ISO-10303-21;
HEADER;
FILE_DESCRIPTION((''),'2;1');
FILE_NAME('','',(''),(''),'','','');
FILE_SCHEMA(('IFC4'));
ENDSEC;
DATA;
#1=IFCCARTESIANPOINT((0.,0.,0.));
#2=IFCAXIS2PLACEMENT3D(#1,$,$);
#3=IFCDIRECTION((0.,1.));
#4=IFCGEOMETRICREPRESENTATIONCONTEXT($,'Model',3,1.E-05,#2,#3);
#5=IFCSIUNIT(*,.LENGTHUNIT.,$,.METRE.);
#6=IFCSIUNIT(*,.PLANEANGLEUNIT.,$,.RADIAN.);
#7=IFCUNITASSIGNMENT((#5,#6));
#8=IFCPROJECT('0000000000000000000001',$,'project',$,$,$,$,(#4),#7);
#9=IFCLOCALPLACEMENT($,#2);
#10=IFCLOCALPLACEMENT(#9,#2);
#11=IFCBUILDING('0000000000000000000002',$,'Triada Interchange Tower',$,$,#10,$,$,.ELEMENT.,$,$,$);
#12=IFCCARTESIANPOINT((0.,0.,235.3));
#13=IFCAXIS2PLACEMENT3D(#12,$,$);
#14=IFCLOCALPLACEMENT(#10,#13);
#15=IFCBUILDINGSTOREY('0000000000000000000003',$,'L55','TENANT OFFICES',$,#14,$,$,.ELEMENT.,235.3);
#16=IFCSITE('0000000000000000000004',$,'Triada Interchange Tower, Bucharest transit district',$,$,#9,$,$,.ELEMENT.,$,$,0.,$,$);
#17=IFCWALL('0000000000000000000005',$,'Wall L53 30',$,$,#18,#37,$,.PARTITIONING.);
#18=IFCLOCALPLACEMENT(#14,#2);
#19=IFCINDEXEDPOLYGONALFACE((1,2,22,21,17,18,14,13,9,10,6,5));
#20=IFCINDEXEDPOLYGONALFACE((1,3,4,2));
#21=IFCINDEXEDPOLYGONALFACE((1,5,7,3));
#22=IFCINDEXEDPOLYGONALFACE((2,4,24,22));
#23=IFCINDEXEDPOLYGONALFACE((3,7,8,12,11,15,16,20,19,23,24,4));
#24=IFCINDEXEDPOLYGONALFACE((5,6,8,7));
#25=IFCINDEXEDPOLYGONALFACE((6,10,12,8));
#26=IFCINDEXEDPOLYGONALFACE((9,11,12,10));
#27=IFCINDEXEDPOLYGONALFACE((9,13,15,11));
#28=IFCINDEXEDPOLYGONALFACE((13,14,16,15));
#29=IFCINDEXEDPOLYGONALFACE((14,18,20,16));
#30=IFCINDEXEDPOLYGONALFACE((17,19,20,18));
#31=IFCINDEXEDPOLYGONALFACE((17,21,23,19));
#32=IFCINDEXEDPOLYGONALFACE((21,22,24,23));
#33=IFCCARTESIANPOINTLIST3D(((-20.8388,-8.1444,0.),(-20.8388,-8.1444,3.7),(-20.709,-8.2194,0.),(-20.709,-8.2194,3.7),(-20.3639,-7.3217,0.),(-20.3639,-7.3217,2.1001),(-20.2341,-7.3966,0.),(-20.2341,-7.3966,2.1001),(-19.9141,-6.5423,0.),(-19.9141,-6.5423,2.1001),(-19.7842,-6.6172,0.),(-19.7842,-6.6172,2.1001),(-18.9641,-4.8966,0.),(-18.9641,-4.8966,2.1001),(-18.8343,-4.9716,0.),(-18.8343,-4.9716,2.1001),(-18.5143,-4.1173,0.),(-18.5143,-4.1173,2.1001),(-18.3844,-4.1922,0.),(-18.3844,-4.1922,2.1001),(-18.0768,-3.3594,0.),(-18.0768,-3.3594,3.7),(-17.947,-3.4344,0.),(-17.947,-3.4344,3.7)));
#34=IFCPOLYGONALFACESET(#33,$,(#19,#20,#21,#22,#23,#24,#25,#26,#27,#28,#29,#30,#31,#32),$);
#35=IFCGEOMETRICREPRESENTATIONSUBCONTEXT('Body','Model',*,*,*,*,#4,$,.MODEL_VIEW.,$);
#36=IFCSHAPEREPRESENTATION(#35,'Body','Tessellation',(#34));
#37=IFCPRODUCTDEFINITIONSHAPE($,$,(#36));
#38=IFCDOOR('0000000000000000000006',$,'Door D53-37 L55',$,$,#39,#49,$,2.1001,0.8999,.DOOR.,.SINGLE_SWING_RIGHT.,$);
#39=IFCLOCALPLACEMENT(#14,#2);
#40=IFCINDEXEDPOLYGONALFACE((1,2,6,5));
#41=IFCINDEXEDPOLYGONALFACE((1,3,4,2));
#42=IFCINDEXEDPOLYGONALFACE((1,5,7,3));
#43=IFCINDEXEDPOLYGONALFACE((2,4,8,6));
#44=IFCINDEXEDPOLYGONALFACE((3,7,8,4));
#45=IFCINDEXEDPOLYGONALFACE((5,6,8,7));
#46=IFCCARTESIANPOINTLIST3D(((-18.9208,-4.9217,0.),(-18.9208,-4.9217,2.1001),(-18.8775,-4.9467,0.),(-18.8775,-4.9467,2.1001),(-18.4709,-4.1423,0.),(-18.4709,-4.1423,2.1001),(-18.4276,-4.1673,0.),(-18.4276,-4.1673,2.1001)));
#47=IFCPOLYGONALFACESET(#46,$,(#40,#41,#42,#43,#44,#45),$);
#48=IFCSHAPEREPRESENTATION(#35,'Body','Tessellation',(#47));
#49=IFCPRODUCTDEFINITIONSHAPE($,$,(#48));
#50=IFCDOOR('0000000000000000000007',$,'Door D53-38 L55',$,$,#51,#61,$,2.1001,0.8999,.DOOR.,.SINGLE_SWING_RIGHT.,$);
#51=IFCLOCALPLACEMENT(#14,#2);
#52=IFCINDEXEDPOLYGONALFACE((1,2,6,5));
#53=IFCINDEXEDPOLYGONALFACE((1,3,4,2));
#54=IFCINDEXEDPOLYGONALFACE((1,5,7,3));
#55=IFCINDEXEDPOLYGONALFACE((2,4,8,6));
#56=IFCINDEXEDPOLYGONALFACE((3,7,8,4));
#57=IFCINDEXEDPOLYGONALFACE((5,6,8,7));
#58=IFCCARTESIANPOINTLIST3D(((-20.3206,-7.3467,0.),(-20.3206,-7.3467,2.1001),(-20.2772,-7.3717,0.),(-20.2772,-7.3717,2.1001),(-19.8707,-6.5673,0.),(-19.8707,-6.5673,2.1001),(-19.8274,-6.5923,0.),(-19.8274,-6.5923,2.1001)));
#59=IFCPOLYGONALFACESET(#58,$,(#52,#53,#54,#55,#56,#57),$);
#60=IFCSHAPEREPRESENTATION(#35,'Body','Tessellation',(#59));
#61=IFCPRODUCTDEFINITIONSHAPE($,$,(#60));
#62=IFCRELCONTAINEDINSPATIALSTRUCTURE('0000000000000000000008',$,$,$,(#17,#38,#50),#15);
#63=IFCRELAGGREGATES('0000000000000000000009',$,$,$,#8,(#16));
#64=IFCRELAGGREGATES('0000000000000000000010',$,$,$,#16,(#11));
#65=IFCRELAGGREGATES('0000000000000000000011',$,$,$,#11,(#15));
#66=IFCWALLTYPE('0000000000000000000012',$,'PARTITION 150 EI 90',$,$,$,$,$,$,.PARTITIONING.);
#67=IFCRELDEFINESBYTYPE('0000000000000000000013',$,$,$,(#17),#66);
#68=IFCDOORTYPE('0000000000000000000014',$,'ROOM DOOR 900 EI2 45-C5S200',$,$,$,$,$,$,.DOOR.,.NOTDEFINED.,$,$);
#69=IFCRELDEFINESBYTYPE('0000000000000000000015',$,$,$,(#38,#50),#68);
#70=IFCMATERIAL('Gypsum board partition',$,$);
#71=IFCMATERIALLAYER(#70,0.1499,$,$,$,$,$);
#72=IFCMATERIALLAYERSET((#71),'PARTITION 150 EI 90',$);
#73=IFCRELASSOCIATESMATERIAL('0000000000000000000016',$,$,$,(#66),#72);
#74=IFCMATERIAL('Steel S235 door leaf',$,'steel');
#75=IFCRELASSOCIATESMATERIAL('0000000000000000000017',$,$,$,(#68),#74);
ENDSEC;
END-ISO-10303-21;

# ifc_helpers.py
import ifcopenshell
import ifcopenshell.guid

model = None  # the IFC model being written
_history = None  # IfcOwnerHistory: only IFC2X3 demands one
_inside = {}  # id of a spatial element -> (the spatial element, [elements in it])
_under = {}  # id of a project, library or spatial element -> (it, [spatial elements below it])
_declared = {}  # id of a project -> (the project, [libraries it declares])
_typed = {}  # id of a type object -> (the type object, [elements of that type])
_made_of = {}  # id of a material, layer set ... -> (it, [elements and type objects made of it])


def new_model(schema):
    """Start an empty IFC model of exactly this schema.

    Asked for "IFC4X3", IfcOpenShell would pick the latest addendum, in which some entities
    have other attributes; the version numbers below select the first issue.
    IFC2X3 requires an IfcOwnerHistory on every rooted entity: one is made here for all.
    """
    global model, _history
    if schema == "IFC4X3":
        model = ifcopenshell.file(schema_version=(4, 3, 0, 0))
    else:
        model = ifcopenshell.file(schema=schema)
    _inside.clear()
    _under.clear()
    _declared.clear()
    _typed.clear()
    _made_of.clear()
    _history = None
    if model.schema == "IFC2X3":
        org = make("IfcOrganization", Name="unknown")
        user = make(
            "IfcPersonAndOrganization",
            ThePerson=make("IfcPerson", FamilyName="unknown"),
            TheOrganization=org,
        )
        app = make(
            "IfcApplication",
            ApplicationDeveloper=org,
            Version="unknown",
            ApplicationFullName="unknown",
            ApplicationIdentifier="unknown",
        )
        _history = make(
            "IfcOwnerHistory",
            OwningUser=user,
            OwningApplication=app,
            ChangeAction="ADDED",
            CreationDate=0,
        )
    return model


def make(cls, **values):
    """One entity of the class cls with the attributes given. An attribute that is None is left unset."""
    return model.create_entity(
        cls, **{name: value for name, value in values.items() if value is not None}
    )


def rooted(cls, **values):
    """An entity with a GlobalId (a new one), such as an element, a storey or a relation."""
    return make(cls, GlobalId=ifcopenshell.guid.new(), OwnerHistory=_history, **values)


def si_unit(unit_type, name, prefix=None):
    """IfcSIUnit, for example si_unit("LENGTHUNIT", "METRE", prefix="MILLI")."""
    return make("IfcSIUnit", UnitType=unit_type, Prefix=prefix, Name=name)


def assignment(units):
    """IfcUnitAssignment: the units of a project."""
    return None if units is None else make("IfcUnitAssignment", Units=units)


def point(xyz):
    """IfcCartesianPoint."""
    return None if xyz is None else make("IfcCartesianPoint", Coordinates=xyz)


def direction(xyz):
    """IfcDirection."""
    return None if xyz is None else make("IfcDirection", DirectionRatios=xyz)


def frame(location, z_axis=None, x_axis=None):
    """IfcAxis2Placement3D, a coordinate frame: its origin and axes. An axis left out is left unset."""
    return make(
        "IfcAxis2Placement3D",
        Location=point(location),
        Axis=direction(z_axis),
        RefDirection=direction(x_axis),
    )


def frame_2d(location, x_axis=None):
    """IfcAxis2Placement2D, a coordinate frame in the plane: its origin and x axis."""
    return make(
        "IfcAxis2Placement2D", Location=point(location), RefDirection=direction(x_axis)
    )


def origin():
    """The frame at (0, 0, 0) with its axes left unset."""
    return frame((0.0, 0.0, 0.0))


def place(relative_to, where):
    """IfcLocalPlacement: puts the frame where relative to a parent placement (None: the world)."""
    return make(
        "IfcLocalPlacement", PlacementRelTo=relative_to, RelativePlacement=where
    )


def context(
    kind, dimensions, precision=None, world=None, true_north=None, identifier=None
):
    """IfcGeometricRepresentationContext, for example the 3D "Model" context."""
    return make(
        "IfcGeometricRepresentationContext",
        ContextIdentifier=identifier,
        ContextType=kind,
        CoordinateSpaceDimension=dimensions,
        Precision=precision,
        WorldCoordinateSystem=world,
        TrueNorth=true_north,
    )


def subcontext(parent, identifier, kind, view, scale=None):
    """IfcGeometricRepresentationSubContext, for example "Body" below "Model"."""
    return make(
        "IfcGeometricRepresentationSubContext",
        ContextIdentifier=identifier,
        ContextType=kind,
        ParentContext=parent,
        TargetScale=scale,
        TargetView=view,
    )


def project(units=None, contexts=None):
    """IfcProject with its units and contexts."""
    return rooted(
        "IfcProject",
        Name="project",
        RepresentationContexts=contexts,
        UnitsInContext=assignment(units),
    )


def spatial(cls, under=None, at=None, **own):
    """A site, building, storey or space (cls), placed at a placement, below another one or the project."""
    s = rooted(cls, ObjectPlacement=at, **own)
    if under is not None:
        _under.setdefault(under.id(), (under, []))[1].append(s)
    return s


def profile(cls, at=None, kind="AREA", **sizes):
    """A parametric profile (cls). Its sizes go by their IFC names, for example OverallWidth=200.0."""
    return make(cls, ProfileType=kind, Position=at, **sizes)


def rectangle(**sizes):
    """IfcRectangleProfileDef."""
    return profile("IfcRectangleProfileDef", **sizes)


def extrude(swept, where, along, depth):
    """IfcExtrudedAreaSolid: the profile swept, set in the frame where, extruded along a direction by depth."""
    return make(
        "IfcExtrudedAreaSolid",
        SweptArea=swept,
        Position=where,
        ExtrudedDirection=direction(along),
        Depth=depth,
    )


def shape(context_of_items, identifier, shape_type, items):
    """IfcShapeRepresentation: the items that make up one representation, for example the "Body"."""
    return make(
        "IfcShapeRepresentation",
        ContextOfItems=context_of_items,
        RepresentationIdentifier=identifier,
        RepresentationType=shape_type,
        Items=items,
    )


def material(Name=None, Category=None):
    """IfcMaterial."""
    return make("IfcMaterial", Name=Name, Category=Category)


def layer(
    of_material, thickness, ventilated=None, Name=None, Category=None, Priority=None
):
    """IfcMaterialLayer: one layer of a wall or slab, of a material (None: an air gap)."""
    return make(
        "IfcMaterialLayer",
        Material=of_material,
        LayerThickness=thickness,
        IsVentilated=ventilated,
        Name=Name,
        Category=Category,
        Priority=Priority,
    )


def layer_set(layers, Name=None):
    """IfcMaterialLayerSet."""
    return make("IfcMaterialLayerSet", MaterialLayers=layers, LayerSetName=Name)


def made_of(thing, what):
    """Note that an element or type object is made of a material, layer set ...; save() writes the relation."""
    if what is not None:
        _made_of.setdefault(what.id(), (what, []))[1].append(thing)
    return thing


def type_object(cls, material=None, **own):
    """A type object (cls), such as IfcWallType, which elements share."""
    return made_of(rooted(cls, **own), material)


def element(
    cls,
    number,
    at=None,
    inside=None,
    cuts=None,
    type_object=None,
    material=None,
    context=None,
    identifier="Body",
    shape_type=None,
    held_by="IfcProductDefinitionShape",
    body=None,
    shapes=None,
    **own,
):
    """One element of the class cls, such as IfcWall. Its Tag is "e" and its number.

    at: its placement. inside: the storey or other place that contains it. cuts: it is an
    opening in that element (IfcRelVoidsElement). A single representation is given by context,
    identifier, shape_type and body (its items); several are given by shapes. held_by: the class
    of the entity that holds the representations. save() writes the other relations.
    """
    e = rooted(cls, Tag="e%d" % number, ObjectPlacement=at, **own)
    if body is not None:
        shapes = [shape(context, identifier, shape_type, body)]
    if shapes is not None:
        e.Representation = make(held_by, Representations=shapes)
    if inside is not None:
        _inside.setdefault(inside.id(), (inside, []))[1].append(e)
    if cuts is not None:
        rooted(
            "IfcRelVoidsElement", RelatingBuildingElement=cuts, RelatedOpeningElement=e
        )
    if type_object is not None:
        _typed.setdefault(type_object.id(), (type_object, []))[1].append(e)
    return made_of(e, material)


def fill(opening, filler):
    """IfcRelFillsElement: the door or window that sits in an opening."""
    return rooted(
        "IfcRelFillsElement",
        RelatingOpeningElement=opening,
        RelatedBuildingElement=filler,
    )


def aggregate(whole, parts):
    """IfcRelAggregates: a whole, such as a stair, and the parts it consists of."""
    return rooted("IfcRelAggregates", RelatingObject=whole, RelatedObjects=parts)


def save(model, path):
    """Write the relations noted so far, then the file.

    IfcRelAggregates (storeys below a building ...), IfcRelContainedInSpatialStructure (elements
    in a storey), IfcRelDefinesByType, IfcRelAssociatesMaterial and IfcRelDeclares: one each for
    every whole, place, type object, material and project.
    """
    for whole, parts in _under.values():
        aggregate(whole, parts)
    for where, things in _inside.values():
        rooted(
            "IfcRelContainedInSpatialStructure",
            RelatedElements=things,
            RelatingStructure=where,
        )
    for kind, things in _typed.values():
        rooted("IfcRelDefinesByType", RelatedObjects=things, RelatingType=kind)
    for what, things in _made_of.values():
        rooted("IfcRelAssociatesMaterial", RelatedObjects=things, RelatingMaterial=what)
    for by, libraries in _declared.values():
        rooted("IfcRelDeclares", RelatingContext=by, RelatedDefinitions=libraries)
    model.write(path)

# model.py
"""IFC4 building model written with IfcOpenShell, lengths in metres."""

from ifc_helpers import new_model, si_unit, direction, frame, frame_2d, origin, place, context, subcontext, project, spatial, rectangle, extrude, material, layer, layer_set, type_object, element, fill, save


model = new_model("IFC4")

# Units and contexts
model_context = context("Model", 3, precision=1e-05, world=origin(), true_north=direction((0.0, 1.0)))
body_context = subcontext(model_context, "Body", "Model", "MODEL_VIEW")
ifc_project = project(units=[si_unit("LENGTHUNIT", "METRE"), si_unit("PLANEANGLEUNIT", "RADIAN")], contexts=[model_context])

# Site, building, storey
site_placement = place(None, origin())
site = spatial("IfcSite", under=ifc_project, at=site_placement, Name="Triada Interchange Tower, Bucharest transit district", CompositionType="ELEMENT", RefElevation=0.0)
building_placement = place(site_placement, origin())
building = spatial("IfcBuilding", under=site, at=building_placement, Name="Triada Interchange Tower", CompositionType="ELEMENT")
storey_placement = place(building_placement, frame((0.0, 0.0, 235.3)))
storey = spatial("IfcBuildingStorey", under=building, at=storey_placement, Name="L55", Description="TENANT OFFICES", CompositionType="ELEMENT", Elevation=235.3)

# Wall, openings, doors
ifc_material_1 = material(Name="Gypsum board partition")
ifc_material_2 = material(Name="Steel S235 door leaf", Category="steel")
ifc_layer_1 = layer(ifc_material_1, 0.1499)
ifc_layer_set_1 = layer_set([ifc_layer_1], Name="PARTITION 150 EI 90")
wall_type_1 = type_object("IfcWallType", Name="PARTITION 150 EI 90", PredefinedType="PARTITIONING", material=ifc_layer_set_1)
wall_1_placement = place(storey_placement, frame((-20.7739, -8.1819, 0.0), z_axis=(0.0, 0.0, 1.0), x_axis=(0.499918, 0.866073, 0.0)))
wall_1 = element("IfcWall", 1, at=wall_1_placement, inside=storey, type_object=wall_type_1, Name="Wall L53 30", PredefinedType="PARTITIONING", context=body_context, shape_type="SweptSolid", body=[
    extrude(rectangle(XDim=5.5249, YDim=0.1499, at=frame_2d((2.7625, 0.0))), origin(), (0.0, 0.0, 1.0), 3.7),
])
opening_1_placement = place(wall_1_placement, frame((3.75, 0.0, 0.0)))
opening_1 = element("IfcOpeningElement", 2, at=opening_1_placement, cuts=wall_1, PredefinedType="OPENING", context=body_context, shape_type="SweptSolid", body=[
    extrude(rectangle(XDim=0.8999, YDim=2.1001, at=frame_2d((0.45, 1.05))), frame((0.0, 0.085, 0.0), z_axis=(0.0, -1.0, 0.0), x_axis=(1.0, 0.0, 0.0)), (0.0, 0.0, 1.0), 0.1699),
])
opening_2_placement = place(wall_1_placement, frame((0.95, 0.0, 0.0)))
opening_2 = element("IfcOpeningElement", 3, at=opening_2_placement, cuts=wall_1, PredefinedType="OPENING", context=body_context, shape_type="SweptSolid", body=[
    extrude(rectangle(XDim=0.8999, YDim=2.1001, at=frame_2d((0.45, 1.05))), frame((0.0, 0.085, 0.0), z_axis=(0.0, -1.0, 0.0), x_axis=(1.0, 0.0, 0.0)), (0.0, 0.0, 1.0), 0.1699),
])
door_type_1 = type_object("IfcDoorType", Name="ROOM DOOR 900 EI2 45-C5S200", OperationType="NOTDEFINED", PredefinedType="DOOR", material=ifc_material_2)
door_1_placement = place(opening_1_placement, origin())
door_1 = element("IfcDoor", 4, at=door_1_placement, inside=storey, type_object=door_type_1, Name="Door D53-37 L55", OperationType="SINGLE_SWING_RIGHT", OverallHeight=2.1001, OverallWidth=0.8999, PredefinedType="DOOR", context=body_context, shape_type="SweptSolid", body=[
    extrude(rectangle(XDim=0.8999, YDim=2.1001, at=frame_2d((0.45, 1.05))), frame((0.0, 0.0249, 0.0), z_axis=(0.0, -1.0, 0.0), x_axis=(1.0, 0.0, 0.0)), (0.0, 0.0, 1.0), 0.05),
])
fill(opening_1, door_1)
door_2_placement = place(opening_2_placement, origin())
door_2 = element("IfcDoor", 5, at=door_2_placement, inside=storey, type_object=door_type_1, Name="Door D53-38 L55", OperationType="SINGLE_SWING_RIGHT", OverallHeight=2.1001, OverallWidth=0.8999, PredefinedType="DOOR", context=body_context, shape_type="SweptSolid", body=[
    extrude(rectangle(XDim=0.8999, YDim=2.1001, at=frame_2d((0.45, 1.05))), frame((0.0, 0.0249, 0.0), z_axis=(0.0, -1.0, 0.0), x_axis=(1.0, 0.0, 0.0)), (0.0, 0.0, 1.0), 0.05),
])
fill(opening_2, door_2)

save(model, "model.ifc")
